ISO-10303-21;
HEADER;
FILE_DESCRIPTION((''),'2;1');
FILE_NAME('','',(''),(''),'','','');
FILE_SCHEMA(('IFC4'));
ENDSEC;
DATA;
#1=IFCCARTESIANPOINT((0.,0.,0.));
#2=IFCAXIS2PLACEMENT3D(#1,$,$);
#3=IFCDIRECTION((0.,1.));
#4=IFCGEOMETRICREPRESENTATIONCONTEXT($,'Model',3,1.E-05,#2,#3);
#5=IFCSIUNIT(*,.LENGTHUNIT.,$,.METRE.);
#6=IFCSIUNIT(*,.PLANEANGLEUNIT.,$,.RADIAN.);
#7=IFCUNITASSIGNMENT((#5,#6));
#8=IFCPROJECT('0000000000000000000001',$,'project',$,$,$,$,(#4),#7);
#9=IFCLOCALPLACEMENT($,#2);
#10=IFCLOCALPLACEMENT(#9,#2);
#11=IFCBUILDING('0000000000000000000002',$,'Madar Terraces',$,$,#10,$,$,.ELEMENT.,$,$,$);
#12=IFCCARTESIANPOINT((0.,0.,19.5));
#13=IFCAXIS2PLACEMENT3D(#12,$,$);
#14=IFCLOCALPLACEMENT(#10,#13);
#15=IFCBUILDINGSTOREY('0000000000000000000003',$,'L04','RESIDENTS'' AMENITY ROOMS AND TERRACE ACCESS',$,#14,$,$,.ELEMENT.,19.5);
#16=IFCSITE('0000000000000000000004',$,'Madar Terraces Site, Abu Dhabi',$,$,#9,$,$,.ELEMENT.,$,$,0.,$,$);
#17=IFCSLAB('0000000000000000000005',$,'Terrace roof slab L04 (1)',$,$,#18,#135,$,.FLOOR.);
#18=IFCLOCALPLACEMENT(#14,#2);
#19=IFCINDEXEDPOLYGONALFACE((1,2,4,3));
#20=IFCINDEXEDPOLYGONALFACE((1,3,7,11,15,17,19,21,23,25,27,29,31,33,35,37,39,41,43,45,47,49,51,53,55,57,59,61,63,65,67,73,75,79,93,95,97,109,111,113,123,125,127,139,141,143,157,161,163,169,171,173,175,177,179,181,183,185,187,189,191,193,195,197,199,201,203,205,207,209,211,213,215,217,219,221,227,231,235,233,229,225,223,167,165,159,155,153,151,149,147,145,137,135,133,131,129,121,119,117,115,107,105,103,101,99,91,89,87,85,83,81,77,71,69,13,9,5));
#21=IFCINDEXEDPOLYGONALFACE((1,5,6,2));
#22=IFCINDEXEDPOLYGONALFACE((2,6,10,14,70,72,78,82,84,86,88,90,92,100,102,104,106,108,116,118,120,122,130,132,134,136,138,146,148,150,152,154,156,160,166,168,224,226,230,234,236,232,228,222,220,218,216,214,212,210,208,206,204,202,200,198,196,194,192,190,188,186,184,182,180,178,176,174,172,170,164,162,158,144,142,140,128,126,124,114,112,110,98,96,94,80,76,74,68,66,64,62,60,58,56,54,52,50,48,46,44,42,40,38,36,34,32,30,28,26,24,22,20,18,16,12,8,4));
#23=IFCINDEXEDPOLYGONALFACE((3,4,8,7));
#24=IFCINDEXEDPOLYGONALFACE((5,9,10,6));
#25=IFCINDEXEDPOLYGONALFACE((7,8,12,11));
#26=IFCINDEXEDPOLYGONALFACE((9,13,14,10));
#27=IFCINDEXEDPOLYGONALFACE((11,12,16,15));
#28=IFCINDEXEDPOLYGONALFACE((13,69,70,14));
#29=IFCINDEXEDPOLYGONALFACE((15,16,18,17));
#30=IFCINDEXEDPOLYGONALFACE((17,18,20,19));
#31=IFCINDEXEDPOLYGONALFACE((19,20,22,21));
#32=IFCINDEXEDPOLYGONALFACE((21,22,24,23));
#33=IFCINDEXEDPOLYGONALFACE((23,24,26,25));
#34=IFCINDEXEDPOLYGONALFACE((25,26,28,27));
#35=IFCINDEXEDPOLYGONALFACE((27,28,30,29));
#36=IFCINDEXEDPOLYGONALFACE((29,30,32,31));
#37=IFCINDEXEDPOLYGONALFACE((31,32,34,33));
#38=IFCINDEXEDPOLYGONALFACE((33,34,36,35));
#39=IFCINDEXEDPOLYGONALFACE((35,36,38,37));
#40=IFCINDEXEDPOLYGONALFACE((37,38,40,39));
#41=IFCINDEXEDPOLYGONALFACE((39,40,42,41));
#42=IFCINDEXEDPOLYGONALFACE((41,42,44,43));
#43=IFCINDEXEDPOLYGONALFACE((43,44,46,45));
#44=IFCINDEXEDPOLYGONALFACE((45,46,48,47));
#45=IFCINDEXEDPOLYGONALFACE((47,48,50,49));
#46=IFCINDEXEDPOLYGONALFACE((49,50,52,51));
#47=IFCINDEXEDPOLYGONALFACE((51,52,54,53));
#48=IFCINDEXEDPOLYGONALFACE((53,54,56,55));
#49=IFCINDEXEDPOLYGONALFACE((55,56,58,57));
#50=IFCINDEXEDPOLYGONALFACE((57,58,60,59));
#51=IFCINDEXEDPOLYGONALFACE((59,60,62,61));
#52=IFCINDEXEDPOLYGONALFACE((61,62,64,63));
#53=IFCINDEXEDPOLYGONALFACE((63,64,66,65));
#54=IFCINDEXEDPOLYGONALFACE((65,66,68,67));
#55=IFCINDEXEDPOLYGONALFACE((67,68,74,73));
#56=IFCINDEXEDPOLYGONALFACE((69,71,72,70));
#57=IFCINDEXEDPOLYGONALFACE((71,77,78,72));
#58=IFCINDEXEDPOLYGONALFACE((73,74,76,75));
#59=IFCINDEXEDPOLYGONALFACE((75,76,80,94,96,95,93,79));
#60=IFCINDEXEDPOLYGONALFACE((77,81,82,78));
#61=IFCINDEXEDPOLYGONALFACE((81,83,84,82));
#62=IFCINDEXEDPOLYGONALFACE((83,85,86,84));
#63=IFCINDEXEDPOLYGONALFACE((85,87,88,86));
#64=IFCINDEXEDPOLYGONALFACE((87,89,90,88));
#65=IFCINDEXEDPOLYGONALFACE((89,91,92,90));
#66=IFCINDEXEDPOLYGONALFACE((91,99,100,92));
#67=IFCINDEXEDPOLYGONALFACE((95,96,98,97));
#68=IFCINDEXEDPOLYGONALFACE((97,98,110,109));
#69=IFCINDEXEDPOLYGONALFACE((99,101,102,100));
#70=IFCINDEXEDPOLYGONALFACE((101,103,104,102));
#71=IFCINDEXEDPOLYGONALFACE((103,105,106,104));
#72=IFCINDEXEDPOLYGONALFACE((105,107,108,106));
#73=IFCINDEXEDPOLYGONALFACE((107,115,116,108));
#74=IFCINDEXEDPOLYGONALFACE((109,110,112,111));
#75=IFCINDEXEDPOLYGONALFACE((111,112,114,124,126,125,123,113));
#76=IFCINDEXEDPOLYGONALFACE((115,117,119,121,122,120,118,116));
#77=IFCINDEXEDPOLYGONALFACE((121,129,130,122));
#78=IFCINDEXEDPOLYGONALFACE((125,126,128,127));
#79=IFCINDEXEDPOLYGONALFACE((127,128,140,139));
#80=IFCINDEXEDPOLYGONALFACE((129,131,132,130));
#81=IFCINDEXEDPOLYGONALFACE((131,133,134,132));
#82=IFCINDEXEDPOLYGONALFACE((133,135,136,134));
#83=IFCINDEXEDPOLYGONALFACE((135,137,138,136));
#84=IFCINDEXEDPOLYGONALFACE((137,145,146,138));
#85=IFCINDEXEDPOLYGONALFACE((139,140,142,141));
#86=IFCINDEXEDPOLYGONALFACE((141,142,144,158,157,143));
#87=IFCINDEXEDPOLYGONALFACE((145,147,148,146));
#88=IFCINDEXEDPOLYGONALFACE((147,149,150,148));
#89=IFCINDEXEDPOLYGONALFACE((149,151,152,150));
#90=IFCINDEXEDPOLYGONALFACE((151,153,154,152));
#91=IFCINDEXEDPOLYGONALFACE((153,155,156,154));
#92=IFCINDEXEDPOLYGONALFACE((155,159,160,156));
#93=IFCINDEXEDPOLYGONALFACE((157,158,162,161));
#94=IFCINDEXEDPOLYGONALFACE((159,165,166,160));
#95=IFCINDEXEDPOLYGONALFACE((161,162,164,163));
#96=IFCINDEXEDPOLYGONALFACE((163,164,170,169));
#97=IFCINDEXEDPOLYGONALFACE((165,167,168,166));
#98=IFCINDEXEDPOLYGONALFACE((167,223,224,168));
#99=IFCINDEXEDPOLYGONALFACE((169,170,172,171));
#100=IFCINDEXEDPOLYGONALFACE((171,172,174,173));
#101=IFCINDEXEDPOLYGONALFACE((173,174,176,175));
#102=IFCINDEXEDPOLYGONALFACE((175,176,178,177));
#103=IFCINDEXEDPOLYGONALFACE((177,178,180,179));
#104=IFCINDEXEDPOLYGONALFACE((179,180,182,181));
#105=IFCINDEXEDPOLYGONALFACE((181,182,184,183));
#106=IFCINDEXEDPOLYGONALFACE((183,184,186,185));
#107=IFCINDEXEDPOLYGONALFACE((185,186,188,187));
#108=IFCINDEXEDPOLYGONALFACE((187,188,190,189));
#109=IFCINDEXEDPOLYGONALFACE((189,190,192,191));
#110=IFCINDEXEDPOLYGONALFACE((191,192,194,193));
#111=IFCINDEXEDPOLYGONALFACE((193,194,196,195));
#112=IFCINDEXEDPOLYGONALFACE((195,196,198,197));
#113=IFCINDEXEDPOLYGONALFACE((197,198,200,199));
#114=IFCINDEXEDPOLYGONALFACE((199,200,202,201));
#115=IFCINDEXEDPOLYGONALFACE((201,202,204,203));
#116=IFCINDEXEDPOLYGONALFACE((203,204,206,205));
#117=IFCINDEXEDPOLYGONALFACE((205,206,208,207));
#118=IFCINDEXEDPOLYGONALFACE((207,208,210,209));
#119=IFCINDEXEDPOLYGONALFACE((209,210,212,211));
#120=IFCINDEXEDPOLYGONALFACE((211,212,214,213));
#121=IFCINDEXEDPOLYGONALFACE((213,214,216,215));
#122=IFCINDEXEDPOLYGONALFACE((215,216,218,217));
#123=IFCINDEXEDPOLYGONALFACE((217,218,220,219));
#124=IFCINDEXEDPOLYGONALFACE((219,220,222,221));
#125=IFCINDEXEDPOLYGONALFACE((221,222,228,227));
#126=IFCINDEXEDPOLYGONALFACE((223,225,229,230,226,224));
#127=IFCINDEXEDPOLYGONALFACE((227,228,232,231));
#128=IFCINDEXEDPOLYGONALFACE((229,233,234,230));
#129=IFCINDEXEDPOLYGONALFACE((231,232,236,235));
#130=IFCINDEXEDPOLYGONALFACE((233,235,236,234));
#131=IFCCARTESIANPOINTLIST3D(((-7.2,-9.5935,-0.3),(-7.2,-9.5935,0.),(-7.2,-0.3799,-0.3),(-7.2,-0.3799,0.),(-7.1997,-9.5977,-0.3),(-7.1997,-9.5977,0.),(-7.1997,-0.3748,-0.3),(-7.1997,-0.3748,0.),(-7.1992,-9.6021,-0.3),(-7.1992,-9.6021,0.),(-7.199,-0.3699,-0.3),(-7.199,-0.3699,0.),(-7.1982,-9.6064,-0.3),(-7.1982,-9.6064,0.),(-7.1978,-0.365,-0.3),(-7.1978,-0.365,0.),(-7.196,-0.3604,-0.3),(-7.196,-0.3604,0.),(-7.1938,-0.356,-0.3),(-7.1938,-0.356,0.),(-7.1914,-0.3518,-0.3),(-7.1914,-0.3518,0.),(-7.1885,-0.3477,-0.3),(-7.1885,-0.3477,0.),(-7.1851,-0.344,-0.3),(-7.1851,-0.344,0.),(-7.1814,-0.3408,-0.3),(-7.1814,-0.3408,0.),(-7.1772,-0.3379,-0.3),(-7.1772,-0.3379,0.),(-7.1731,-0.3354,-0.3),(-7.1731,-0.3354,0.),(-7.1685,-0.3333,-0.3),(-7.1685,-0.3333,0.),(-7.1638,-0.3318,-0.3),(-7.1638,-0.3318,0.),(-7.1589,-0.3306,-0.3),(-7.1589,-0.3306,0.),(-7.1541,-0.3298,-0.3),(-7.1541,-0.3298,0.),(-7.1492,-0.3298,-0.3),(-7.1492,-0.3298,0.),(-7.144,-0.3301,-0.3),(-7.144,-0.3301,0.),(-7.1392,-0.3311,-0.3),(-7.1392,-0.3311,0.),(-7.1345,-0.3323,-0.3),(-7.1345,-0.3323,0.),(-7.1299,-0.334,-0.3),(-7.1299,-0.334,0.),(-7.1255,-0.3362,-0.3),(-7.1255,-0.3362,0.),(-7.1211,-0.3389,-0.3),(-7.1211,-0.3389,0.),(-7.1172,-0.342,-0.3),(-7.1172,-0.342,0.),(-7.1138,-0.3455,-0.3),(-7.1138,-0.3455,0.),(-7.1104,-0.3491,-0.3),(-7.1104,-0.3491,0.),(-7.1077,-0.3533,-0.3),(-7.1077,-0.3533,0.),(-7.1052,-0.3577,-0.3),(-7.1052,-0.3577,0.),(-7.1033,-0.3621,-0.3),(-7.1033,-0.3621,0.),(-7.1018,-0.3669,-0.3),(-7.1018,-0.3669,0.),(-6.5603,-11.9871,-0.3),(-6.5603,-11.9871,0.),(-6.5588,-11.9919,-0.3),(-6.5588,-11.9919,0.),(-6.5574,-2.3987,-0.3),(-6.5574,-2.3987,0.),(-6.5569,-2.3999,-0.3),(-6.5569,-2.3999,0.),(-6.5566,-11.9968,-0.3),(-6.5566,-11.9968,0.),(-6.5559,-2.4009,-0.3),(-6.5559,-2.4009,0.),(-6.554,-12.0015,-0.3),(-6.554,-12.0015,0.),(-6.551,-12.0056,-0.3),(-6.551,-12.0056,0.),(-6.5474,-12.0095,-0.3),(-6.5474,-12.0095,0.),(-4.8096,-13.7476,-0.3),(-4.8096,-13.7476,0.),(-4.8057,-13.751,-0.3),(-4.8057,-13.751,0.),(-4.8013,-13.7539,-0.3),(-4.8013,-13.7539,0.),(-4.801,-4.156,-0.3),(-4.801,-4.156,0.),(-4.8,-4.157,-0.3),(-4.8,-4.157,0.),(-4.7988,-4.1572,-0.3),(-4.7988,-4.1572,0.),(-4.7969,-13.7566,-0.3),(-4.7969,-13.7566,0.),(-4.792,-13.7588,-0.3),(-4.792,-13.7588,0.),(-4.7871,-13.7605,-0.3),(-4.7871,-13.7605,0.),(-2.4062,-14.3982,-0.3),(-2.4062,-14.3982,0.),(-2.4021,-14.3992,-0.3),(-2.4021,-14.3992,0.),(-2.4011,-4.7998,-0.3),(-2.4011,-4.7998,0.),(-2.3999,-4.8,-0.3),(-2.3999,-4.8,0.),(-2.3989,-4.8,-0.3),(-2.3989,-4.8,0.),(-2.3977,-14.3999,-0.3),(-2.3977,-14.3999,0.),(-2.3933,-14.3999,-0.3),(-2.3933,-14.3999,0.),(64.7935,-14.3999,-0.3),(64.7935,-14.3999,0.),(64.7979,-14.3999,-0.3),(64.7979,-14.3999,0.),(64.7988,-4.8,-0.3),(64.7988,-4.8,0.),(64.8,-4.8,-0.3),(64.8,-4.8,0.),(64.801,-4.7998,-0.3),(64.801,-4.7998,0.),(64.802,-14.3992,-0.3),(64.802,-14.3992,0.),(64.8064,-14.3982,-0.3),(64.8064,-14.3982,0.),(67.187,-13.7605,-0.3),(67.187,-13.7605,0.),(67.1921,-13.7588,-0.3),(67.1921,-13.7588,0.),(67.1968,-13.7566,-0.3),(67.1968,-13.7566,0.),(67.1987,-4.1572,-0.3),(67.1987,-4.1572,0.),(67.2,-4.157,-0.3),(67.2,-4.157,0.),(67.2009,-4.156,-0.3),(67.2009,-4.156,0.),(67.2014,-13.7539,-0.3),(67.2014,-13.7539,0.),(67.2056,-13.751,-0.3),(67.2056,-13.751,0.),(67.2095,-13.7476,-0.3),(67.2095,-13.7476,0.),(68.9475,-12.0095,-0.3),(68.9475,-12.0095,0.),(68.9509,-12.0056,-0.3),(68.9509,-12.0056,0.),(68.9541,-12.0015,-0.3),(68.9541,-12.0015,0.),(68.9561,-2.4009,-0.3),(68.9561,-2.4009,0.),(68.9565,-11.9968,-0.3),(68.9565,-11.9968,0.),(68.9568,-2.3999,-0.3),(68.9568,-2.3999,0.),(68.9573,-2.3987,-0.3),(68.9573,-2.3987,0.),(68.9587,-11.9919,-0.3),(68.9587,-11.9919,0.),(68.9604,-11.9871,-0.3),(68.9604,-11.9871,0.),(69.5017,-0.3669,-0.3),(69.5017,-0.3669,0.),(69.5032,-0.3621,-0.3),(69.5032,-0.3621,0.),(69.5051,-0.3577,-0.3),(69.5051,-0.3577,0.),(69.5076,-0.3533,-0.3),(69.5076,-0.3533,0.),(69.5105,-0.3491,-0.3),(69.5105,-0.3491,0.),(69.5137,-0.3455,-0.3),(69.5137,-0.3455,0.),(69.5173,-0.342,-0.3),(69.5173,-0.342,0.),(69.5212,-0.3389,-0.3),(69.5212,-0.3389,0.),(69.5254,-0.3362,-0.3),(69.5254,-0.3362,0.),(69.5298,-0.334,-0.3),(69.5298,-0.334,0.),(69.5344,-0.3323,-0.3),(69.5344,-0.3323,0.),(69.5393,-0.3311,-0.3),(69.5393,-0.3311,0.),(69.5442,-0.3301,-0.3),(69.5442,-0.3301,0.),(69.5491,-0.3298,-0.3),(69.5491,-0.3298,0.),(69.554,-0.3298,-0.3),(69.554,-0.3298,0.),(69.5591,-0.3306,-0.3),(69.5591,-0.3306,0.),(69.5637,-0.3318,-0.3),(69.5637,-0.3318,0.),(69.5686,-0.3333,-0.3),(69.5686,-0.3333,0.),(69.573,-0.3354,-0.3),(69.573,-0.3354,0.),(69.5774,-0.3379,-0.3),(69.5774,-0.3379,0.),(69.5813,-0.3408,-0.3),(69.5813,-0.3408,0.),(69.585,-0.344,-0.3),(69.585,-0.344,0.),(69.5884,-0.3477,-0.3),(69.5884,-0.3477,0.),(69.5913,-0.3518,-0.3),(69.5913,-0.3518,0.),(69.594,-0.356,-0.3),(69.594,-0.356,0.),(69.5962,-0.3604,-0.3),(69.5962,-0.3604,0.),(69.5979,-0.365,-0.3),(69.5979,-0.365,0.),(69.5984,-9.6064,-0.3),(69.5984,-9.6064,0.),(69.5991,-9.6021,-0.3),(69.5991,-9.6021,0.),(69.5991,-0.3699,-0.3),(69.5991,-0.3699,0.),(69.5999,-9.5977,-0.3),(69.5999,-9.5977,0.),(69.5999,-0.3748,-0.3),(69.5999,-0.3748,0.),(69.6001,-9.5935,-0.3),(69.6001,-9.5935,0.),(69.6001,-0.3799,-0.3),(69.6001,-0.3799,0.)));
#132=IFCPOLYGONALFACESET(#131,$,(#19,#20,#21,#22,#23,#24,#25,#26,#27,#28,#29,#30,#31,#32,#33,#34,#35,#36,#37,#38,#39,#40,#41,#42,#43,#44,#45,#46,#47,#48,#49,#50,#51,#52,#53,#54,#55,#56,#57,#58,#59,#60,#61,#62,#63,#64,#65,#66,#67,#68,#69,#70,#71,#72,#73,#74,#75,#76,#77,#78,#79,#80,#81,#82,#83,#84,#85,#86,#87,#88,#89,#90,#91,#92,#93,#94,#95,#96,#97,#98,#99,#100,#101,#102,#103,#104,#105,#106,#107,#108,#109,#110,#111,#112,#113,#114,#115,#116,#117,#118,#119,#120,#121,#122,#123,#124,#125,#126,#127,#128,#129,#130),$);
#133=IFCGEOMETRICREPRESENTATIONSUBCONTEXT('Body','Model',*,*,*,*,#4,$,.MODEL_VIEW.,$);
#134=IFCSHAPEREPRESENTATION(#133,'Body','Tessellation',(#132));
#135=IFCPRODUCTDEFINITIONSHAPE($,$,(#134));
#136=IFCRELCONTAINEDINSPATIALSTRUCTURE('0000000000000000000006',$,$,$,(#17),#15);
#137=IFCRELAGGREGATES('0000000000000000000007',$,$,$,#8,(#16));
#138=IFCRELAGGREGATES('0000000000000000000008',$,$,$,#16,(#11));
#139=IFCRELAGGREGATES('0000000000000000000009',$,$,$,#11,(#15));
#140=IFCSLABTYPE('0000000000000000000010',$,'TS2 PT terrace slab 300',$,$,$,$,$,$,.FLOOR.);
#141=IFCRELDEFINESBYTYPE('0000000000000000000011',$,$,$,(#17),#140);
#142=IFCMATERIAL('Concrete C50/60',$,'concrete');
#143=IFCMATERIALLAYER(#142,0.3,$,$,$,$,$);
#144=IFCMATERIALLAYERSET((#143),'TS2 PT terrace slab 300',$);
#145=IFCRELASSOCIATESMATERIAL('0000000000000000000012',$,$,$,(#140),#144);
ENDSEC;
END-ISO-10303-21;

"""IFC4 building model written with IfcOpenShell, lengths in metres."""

from ifc_helpers import new_model, si_unit, direction, frame, origin, place, context, subcontext, project, spatial, polyline, outline, extrude, material, layer, layer_set, type_object, element, save


model = new_model("IFC4")

# Units and contexts
model_context = context("Model", 3, precision=1e-05, world=origin(), true_north=direction((0.0, 1.0)))
body_context = subcontext(model_context, "Body", "Model", "MODEL_VIEW")
ifc_project = project(units=[si_unit("LENGTHUNIT", "METRE"), si_unit("PLANEANGLEUNIT", "RADIAN")], contexts=[model_context])

# Site, building, storey
site_placement = place(None, origin())
site = spatial("IfcSite", under=ifc_project, at=site_placement, Name="Madar Terraces Site, Abu Dhabi", CompositionType="ELEMENT", RefElevation=0.0)
building_placement = place(site_placement, origin())
building = spatial("IfcBuilding", under=site, at=building_placement, Name="Madar Terraces", CompositionType="ELEMENT")
storey_placement = place(building_placement, frame((0.0, 0.0, 19.5)))
storey = spatial("IfcBuildingStorey", under=building, at=storey_placement, Name="L04", Description="RESIDENTS' AMENITY ROOMS AND TERRACE ACCESS", CompositionType="ELEMENT", Elevation=19.5)

# Slab
ifc_material_1 = material(Name="Concrete C50/60", Category="concrete")
ifc_layer_1 = layer(ifc_material_1, 0.3)
ifc_layer_set_1 = layer_set([ifc_layer_1], Name="TS2 PT terrace slab 300")
slab_type_1 = type_object("IfcSlabType", Name="TS2 PT terrace slab 300", PredefinedType="FLOOR", material=ifc_layer_set_1)
slab_1_placement = place(storey_placement, frame((0.0, 0.0, -0.3)))
element("IfcSlab", 1, at=slab_1_placement, inside=storey, type_object=slab_type_1, Name="Terrace roof slab L04 (1)", PredefinedType="FLOOR", context=body_context, shape_type="SweptSolid", body=[
    extrude(outline(polyline([(-6.5574, -2.3987), (-7.1018, -0.3669), (-7.1033, -0.3621), (-7.1052, -0.3577), (-7.1077, -0.3533), (-7.1104, -0.3491), (-7.1138, -0.3455), (-7.1172, -0.342), (-7.1211, -0.3389), (-7.1255, -0.3362), (-7.1299, -0.334), (-7.1345, -0.3323), (-7.1392, -0.3311), (-7.144, -0.3301), (-7.1492, -0.3298), (-7.1541, -0.3298), (-7.1589, -0.3306), (-7.1638, -0.3318), (-7.1685, -0.3333), (-7.1731, -0.3354), (-7.1772, -0.3379), (-7.1814, -0.3408), (-7.1851, -0.344), (-7.1885, -0.3477), (-7.1914, -0.3518), (-7.1938, -0.356), (-7.196, -0.3604), (-7.1978, -0.365), (-7.199, -0.3699), (-7.1997, -0.3748), (-7.2, -0.3799), (-7.2, -9.5935), (-7.1997, -9.5977), (-7.1992, -9.6021), (-7.1982, -9.6064), (-6.5603, -11.9871), (-6.5588, -11.9919), (-6.5566, -11.9968), (-6.554, -12.0015), (-6.551, -12.0056), (-6.5474, -12.0095), (-4.8096, -13.7476), (-4.8057, -13.751), (-4.8013, -13.7539), (-4.7969, -13.7566), (-4.792, -13.7588), (-4.7871, -13.7605), (-2.4062, -14.3982), (-2.4021, -14.3992), (-2.3977, -14.3999), (-2.3933, -14.3999), (64.7935, -14.3999), (64.7979, -14.3999), (64.802, -14.3992), (64.8064, -14.3982), (67.187, -13.7605), (67.1921, -13.7588), (67.1968, -13.7566), (67.2014, -13.7539), (67.2056, -13.751), (67.2095, -13.7476), (68.9475, -12.0095), (68.9509, -12.0056), (68.9541, -12.0015), (68.9565, -11.9968), (68.9587, -11.9919), (68.9604, -11.9871), (69.5984, -9.6064), (69.5991, -9.6021), (69.5999, -9.5977), (69.6001, -9.5935), (69.6001, -0.3799), (69.5999, -0.3748), (69.5991, -0.3699), (69.5979, -0.365), (69.5962, -0.3604), (69.594, -0.356), (69.5913, -0.3518), (69.5884, -0.3477), (69.585, -0.344), (69.5813, -0.3408), (69.5774, -0.3379), (69.573, -0.3354), (69.5686, -0.3333), (69.5637, -0.3318), (69.5591, -0.3306), (69.554, -0.3298), (69.5491, -0.3298), (69.5442, -0.3301), (69.5393, -0.3311), (69.5344, -0.3323), (69.5298, -0.334), (69.5254, -0.3362), (69.5212, -0.3389), (69.5173, -0.342), (69.5137, -0.3455), (69.5105, -0.3491), (69.5076, -0.3533), (69.5051, -0.3577), (69.5032, -0.3621), (69.5017, -0.3669), (68.9573, -2.3987), (68.9568, -2.3999), (68.9561, -2.4009), (67.2009, -4.156), (67.2, -4.157), (67.1987, -4.1572), (64.801, -4.7998), (64.8, -4.8), (64.7988, -4.8), (-2.3989, -4.8), (-2.3999, -4.8), (-2.4011, -4.7998), (-4.7988, -4.1572), (-4.8, -4.157), (-4.801, -4.156), (-6.5559, -2.4009), (-6.5569, -2.3999), (-6.5574, -2.3987)])), origin(), (0.0, 0.0, 1.0), 0.3),
])

save(model, "model.ifc")
